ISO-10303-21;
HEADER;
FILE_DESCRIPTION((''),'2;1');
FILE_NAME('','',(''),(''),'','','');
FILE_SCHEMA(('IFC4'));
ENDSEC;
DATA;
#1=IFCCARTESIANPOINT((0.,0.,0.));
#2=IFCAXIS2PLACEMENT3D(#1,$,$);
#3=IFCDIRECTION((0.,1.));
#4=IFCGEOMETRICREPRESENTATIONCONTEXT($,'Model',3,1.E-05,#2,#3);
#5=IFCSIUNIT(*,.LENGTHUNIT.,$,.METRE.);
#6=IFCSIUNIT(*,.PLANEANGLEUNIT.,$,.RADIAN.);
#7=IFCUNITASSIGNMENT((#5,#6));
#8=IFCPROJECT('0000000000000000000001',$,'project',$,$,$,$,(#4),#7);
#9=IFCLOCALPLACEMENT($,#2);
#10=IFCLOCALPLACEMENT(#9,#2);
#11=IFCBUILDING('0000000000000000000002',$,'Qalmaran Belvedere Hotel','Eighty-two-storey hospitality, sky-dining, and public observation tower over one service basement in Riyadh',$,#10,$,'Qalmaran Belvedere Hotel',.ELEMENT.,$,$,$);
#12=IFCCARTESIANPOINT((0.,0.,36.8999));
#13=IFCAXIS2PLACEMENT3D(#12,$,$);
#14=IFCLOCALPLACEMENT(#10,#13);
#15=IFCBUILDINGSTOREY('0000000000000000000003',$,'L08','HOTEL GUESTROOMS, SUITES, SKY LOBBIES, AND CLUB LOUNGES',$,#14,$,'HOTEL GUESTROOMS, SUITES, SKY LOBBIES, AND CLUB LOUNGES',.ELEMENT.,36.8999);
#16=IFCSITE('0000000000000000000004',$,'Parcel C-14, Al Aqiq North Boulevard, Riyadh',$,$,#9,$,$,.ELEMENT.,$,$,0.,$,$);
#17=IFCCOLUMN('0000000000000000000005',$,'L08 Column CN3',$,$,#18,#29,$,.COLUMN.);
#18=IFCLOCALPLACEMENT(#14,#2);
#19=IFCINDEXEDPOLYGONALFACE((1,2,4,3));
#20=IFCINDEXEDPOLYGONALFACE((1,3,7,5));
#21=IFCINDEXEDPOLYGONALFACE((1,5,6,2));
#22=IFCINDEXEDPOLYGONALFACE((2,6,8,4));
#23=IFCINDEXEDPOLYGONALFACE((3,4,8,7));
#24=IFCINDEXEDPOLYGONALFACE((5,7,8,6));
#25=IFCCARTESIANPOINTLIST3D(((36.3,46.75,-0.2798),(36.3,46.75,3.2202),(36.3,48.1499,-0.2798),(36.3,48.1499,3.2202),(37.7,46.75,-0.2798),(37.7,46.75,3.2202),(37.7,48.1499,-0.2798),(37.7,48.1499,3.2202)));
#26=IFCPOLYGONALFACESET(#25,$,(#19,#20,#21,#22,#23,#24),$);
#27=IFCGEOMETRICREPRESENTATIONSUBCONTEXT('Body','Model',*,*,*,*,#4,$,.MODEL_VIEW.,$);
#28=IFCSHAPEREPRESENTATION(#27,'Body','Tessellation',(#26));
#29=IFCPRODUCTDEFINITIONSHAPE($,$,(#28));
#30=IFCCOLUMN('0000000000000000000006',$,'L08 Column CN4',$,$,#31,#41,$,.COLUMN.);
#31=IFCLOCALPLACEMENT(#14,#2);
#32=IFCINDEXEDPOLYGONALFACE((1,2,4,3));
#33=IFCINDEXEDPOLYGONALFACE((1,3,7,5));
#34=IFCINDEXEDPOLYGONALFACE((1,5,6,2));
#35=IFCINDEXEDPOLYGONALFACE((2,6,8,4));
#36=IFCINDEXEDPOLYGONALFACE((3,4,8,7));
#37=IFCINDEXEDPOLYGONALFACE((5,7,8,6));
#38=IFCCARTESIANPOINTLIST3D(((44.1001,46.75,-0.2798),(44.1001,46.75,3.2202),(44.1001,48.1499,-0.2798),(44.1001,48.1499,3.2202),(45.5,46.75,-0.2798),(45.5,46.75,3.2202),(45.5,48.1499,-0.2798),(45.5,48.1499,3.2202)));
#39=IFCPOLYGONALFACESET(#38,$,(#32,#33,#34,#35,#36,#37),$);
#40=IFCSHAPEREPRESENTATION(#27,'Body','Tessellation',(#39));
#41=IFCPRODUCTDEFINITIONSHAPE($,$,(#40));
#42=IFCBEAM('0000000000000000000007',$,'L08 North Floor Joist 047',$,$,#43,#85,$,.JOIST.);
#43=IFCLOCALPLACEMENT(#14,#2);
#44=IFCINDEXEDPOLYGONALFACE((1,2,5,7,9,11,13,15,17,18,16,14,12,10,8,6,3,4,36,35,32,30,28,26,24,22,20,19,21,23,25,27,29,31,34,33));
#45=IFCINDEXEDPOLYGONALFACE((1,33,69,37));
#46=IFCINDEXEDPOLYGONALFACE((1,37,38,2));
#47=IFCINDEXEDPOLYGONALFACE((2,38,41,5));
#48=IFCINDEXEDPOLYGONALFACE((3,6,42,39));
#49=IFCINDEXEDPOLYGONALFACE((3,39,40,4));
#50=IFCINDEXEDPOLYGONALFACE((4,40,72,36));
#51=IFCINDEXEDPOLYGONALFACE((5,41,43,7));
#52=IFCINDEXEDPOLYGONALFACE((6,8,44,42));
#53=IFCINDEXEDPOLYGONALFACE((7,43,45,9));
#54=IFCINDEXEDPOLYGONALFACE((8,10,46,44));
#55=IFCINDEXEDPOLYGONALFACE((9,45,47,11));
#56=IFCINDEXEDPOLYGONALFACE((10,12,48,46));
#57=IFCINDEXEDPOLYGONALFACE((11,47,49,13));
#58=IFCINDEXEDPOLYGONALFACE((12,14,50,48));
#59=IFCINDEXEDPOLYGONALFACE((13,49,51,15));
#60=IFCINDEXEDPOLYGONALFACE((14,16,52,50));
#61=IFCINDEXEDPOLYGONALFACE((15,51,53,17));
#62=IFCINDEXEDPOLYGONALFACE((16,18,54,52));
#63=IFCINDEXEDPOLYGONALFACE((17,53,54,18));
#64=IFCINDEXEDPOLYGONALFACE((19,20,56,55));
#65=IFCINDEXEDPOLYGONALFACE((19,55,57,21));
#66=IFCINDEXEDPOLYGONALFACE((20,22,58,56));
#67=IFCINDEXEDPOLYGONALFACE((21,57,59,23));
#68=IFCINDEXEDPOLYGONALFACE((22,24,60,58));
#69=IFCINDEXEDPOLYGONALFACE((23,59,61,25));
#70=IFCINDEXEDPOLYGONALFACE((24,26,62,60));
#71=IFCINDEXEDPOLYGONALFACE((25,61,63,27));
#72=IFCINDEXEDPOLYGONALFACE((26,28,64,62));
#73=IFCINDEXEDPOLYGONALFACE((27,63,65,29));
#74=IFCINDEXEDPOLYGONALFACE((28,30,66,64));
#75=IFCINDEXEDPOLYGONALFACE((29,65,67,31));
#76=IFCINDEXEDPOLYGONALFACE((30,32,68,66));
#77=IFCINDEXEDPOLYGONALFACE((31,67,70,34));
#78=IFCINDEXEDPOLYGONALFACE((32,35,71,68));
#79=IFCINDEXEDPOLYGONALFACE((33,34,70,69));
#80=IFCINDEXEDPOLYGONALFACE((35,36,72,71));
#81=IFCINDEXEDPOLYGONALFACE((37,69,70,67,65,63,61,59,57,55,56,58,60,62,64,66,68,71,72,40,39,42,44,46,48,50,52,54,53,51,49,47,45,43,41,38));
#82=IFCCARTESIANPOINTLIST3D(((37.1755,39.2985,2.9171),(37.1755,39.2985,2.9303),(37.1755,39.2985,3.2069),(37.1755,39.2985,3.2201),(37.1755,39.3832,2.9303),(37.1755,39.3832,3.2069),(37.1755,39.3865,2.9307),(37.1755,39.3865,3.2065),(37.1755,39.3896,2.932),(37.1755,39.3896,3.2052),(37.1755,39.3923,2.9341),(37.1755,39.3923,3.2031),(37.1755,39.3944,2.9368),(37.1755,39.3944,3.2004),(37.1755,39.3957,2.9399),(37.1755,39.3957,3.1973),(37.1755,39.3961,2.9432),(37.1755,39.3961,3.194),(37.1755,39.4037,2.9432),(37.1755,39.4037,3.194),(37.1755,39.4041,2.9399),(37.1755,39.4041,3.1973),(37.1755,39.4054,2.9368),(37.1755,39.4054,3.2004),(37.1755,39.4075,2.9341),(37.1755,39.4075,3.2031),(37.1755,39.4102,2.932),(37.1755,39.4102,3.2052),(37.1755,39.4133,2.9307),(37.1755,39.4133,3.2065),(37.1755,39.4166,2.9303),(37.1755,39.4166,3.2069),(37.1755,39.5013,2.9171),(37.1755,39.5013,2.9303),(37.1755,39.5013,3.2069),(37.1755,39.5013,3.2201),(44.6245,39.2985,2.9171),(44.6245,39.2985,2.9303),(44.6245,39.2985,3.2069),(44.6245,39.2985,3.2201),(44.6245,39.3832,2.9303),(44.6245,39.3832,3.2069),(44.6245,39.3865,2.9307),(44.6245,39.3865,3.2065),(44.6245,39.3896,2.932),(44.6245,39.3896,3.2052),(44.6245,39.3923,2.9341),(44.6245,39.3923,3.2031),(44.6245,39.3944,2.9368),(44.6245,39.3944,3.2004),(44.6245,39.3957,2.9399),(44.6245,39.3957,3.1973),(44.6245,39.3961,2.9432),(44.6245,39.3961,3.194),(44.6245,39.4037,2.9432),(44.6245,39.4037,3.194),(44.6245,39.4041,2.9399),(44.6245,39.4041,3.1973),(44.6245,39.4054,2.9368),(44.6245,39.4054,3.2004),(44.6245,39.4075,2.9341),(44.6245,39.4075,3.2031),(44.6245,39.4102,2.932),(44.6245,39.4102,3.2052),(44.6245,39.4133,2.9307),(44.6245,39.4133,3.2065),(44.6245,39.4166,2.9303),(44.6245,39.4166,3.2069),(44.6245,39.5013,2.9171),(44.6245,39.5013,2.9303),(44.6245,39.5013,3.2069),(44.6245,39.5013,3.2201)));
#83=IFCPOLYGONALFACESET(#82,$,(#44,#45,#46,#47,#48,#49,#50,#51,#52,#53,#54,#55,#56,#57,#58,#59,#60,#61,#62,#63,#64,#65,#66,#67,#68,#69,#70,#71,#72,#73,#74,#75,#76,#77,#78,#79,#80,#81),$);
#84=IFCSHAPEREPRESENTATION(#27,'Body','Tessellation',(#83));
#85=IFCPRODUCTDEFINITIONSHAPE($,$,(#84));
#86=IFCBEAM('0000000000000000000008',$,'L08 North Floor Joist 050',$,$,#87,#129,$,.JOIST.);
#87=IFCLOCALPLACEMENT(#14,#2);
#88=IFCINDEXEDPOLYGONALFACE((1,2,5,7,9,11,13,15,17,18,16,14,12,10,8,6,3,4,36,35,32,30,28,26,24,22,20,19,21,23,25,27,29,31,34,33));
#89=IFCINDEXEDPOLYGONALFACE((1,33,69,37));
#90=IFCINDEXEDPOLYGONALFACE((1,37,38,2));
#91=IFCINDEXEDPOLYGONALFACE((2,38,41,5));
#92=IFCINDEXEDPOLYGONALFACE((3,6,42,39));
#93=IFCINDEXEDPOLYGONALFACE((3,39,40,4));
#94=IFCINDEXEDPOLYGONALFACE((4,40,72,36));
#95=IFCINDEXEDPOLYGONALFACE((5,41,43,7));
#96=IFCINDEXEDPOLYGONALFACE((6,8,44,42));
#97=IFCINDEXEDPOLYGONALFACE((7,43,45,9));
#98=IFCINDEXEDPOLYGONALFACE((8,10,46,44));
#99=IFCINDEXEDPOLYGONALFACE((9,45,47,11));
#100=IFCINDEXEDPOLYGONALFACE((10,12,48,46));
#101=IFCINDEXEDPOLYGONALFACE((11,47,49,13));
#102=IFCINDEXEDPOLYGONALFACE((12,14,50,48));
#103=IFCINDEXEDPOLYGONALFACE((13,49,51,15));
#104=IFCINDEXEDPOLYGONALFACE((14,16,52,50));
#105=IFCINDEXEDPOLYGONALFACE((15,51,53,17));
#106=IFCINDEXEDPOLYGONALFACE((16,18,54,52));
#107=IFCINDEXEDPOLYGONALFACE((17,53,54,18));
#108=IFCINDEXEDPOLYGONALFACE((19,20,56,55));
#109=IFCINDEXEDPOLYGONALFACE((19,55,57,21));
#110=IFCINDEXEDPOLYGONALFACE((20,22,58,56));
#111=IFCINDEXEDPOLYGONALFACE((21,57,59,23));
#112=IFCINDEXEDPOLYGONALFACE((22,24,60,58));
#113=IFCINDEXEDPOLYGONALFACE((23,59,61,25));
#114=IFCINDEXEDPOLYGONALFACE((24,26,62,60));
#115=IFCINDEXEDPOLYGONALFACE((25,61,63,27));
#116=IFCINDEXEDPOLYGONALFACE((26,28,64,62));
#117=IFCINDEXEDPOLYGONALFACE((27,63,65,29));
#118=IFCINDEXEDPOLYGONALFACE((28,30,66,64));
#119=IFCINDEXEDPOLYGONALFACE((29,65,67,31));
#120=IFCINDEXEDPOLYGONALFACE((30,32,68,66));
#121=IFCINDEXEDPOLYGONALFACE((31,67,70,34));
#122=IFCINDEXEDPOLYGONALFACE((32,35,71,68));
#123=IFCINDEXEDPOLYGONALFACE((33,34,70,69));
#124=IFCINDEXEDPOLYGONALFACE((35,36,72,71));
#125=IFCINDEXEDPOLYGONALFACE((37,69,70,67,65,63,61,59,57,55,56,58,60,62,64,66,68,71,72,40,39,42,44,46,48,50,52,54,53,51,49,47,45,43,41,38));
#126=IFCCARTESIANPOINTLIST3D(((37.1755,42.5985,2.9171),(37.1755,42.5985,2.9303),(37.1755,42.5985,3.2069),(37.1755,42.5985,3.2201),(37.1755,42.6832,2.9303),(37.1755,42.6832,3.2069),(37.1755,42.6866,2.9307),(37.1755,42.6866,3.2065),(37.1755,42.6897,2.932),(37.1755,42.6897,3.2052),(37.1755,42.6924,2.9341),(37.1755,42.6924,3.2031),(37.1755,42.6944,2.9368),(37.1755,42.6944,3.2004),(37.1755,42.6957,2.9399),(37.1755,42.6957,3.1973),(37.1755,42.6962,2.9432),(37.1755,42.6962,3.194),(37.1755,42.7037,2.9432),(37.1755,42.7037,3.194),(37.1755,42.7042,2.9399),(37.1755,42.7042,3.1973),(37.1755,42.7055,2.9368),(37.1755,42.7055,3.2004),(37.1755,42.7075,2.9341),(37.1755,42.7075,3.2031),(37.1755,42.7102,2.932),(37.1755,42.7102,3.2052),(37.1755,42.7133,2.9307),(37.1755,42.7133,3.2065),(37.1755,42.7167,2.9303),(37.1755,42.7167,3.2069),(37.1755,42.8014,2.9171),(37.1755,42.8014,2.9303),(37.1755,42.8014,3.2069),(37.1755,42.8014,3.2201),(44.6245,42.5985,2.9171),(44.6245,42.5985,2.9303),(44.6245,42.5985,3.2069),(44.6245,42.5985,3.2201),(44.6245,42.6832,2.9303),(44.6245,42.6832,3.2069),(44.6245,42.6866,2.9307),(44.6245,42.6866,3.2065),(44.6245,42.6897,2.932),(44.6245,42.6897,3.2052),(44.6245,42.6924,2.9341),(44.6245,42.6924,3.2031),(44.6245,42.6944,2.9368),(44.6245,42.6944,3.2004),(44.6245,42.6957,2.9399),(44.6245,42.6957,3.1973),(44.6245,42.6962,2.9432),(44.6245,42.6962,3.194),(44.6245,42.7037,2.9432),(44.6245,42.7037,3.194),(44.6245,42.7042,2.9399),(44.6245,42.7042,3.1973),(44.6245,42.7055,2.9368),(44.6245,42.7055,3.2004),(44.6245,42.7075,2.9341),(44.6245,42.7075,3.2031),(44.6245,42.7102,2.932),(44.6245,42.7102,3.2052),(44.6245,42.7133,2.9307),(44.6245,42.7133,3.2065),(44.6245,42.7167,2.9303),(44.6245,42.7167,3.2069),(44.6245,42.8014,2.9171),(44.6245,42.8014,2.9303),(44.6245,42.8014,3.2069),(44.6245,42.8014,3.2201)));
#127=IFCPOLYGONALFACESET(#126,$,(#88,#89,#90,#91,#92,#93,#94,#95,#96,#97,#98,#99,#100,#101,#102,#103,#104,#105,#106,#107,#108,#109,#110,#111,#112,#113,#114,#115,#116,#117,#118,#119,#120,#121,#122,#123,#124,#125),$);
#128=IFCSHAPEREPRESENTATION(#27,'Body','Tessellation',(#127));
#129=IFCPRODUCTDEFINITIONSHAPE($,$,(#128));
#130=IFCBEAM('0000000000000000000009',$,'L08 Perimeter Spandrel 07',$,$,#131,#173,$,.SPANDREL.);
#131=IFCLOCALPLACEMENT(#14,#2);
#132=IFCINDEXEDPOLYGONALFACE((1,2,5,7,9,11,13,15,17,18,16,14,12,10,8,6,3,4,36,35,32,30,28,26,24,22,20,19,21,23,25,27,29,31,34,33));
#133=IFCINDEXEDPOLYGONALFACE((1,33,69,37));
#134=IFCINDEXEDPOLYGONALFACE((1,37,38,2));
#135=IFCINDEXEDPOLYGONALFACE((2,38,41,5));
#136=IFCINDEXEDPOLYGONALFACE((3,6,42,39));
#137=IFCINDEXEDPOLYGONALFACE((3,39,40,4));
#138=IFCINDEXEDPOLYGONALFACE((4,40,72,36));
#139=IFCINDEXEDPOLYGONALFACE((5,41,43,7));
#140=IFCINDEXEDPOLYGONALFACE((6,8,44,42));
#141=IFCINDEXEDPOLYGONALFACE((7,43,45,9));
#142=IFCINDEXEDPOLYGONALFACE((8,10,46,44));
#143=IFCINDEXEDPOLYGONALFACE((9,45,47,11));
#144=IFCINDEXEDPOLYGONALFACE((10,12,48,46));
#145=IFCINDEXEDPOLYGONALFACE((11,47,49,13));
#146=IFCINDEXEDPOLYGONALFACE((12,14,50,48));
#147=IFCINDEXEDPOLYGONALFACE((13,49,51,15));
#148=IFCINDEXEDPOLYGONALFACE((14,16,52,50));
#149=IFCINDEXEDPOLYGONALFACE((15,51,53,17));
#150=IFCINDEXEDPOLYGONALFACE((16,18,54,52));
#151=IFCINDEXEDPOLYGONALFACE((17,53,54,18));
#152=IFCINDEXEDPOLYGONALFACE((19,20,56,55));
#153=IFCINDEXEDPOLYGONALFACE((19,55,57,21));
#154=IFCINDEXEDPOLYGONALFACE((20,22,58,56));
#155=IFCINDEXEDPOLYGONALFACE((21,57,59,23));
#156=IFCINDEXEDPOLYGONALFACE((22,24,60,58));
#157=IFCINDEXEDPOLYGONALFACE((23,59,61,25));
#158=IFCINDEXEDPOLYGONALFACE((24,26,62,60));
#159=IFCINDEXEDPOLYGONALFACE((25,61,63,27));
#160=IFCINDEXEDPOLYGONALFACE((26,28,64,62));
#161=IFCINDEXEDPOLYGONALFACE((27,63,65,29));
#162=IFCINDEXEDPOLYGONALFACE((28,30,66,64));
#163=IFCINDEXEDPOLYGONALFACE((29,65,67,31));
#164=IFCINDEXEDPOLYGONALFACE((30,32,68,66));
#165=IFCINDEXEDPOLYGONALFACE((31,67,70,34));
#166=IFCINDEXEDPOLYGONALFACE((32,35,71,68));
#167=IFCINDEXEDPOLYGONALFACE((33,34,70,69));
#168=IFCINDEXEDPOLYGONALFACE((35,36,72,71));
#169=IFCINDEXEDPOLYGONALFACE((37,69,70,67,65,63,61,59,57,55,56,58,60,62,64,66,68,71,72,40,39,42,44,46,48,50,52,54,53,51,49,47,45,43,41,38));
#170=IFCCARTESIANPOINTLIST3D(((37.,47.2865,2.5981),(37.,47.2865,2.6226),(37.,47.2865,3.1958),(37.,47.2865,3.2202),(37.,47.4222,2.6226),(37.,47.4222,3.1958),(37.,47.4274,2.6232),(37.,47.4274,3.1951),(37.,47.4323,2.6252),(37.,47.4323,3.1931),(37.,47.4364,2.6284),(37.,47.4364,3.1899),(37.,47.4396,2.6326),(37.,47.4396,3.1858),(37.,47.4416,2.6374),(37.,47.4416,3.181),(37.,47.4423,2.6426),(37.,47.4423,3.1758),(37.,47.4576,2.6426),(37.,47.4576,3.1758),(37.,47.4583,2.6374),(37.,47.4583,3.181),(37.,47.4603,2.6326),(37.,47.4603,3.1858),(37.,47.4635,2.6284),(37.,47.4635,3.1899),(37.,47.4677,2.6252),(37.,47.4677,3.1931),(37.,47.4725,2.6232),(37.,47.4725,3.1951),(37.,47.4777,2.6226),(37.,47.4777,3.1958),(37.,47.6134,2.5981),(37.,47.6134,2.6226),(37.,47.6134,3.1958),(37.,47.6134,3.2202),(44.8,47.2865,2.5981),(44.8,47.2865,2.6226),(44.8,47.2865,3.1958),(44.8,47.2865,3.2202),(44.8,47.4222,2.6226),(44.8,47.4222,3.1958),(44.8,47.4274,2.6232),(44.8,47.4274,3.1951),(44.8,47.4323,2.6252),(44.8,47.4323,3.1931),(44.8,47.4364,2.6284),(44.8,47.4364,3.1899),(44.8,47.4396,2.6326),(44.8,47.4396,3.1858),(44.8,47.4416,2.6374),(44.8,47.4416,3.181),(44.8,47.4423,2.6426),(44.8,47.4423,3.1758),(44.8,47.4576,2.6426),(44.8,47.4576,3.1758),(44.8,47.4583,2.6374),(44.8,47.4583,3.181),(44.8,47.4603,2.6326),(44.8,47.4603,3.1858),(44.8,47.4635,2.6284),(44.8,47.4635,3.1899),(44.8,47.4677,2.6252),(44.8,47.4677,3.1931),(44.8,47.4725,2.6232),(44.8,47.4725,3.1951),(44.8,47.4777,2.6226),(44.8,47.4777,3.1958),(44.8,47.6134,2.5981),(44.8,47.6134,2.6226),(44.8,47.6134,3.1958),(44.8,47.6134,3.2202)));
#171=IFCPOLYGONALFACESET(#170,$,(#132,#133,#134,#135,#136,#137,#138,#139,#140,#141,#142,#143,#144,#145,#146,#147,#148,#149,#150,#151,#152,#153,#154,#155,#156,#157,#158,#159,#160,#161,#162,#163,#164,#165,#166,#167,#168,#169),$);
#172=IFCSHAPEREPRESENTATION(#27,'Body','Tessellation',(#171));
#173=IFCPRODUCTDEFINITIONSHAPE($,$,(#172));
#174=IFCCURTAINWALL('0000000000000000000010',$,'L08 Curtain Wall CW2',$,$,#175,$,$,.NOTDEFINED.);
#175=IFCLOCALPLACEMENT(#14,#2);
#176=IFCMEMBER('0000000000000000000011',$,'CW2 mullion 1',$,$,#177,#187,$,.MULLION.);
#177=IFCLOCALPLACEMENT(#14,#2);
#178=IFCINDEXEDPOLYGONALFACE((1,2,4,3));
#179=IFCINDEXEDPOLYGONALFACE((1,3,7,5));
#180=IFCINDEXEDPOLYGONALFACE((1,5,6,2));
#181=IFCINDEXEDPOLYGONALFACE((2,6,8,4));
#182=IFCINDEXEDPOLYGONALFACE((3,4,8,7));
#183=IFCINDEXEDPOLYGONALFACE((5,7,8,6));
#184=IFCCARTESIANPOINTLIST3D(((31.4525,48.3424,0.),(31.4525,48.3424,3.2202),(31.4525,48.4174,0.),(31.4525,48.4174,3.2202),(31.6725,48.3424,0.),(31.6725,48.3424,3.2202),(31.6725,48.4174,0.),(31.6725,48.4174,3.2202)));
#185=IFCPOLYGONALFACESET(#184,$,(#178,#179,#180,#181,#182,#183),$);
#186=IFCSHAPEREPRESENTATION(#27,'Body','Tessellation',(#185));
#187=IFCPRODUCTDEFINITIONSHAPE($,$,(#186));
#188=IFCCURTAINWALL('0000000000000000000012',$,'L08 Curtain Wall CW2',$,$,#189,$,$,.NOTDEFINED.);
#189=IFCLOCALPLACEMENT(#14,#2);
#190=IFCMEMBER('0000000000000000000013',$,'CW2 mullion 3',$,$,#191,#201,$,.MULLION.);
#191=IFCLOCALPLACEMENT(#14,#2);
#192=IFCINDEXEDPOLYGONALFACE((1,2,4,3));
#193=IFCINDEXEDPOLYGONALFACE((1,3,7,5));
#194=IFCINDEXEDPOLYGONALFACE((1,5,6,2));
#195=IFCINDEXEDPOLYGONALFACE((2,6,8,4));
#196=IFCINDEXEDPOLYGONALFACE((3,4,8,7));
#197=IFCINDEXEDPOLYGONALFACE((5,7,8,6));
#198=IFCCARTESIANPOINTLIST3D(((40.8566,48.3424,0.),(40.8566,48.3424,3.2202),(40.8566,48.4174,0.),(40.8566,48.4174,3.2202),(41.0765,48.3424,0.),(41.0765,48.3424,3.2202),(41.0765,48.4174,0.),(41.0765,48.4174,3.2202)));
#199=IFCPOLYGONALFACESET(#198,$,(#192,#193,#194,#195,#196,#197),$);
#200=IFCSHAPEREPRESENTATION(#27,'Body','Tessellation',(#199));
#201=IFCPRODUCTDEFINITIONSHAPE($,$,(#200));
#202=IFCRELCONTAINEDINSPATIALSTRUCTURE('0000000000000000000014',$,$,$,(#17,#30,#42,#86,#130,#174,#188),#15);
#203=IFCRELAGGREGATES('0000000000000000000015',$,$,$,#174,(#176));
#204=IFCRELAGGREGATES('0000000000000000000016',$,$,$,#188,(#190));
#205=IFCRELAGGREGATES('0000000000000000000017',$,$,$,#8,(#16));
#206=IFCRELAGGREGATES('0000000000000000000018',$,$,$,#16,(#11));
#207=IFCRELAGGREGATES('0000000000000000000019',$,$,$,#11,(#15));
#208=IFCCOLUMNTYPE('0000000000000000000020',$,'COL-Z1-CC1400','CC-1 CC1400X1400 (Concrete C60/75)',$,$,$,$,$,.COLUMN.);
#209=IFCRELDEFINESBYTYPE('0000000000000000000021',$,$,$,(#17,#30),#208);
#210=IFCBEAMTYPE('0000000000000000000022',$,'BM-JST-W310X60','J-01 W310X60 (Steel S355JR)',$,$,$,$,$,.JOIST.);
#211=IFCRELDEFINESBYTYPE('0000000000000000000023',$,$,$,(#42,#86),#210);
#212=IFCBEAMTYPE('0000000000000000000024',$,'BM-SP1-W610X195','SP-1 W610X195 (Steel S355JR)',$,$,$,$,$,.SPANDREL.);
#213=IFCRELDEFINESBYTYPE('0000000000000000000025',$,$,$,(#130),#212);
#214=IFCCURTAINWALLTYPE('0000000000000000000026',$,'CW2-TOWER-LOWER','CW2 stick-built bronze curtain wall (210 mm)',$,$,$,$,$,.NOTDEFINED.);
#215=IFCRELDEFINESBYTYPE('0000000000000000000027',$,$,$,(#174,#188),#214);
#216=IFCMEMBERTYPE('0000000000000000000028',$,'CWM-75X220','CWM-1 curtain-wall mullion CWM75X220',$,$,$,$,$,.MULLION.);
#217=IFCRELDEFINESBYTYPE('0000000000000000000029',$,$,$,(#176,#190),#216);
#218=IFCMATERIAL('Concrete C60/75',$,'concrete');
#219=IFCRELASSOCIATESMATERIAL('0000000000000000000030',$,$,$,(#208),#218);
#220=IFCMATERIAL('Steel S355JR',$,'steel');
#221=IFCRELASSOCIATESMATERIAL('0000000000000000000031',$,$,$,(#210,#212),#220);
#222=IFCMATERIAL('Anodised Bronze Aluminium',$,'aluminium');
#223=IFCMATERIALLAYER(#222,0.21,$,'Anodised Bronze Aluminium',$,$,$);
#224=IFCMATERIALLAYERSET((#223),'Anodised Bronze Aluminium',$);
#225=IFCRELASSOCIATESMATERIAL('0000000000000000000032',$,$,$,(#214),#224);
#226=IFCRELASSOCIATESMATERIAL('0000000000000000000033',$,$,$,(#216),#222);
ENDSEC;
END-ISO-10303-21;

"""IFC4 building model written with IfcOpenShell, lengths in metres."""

from ifc_helpers import new_model, si_unit, direction, frame, origin, origin_2d, place, context, subcontext, project, spatial, rectangle, i_section, extrude, material, layer, layer_set, material_profile, profile_set, type_object, element, aggregate, save


model = new_model("IFC4")

# Units and contexts
model_context = context("Model", 3, precision=1e-05, world=origin(), true_north=direction((0.0, 1.0)))
body_context = subcontext(model_context, "Body", "Model", "MODEL_VIEW")
ifc_project = project(units=[si_unit("LENGTHUNIT", "METRE"), si_unit("PLANEANGLEUNIT", "RADIAN")], contexts=[model_context])

# Site, building, storey
site_placement = place(None, origin())
site = spatial("IfcSite", under=ifc_project, at=site_placement, Name="Parcel C-14, Al Aqiq North Boulevard, Riyadh", CompositionType="ELEMENT", RefElevation=0.0)
building_placement = place(site_placement, origin())
building = spatial("IfcBuilding", under=site, at=building_placement, Name="Qalmaran Belvedere Hotel", Description="Eighty-two-storey hospitality, sky-dining, and public observation tower over one service basement in Riyadh", LongName="Qalmaran Belvedere Hotel", CompositionType="ELEMENT")
storey_placement = place(building_placement, frame((0.0, 0.0, 36.8999)))
storey = spatial("IfcBuildingStorey", under=building, at=storey_placement, Name="L08", Description="HOTEL GUESTROOMS, SUITES, SKY LOBBIES, AND CLUB LOUNGES", LongName="HOTEL GUESTROOMS, SUITES, SKY LOBBIES, AND CLUB LOUNGES", CompositionType="ELEMENT", Elevation=36.8999)

# Columns
ifc_material_1 = material(Name="Concrete C60/75", Category="concrete")
ifc_material_profile_1 = material_profile(ifc_material_1, rectangle(XDim=1.3999, YDim=1.3999, at=origin_2d()), Name="CC1400X1400")
ifc_profile_set_1 = profile_set([ifc_material_profile_1], Name="Concrete C60/75")
column_type = type_object("IfcColumnType", Name="COL-Z1-CC1400", Description="CC-1 CC1400X1400 (Concrete C60/75)", PredefinedType="COLUMN", material=ifc_profile_set_1)
for number, where, z_axis, x_axis, name in (
    (1, (37.0, 47.45, -0.2798), (0.0, 0.0, 1.0), (1.0, 0.0, 0.0), "L08 Column CN3"),
    (2, (44.8, 47.45, -0.2798), (0.0, 0.0, 1.0), (1.0, 0.0, 0.0), "L08 Column CN4"),
):
    element("IfcColumn", number, at=place(storey_placement, frame(where, z_axis=z_axis, x_axis=x_axis)), inside=storey, type_object=column_type, Name=name, PredefinedType="COLUMN", context=body_context, shape_type="SweptSolid", body=[
        extrude(rectangle(XDim=1.3999, YDim=1.3999, at=origin_2d()), origin(), (0.0, 0.0, 1.0), 3.5),
    ])

# Beams
ifc_material_2 = material(Name="Steel S355JR", Category="steel")
ifc_material_profile_2 = material_profile(ifc_material_2, i_section(OverallWidth=0.2029, OverallDepth=0.303, WebThickness=0.0076, FlangeThickness=0.0132, FilletRadius=0.0129, at=origin_2d()), Name="W310X60")
ifc_profile_set_2 = profile_set([ifc_material_profile_2], Name="Steel S355JR")
beam_type_1 = type_object("IfcBeamType", Name="BM-JST-W310X60", Description="J-01 W310X60 (Steel S355JR)", PredefinedType="JOIST", material=ifc_profile_set_2)
for number, where, z_axis, x_axis, name in (
    (3, (37.1755, 39.3999, 3.0686), (1.0, 0.0, 0.0), (0.0, 1.0, 0.0), "L08 North Floor Joist 047"),
    (4, (37.1755, 42.7, 3.0686), (1.0, 0.0, 0.0), (0.0, 1.0, 0.0), "L08 North Floor Joist 050"),
):
    element("IfcBeam", number, at=place(storey_placement, frame(where, z_axis=z_axis, x_axis=x_axis)), inside=storey, type_object=beam_type_1, Name=name, PredefinedType="JOIST", context=body_context, shape_type="SweptSolid", body=[
        extrude(i_section(OverallWidth=0.2029, OverallDepth=0.303, WebThickness=0.0076, FlangeThickness=0.0132, FilletRadius=0.0129, at=origin_2d()), origin(), (0.0, 0.0, 1.0), 7.449),
    ])
ifc_material_profile_3 = material_profile(ifc_material_2, i_section(OverallWidth=0.3269, OverallDepth=0.6221, WebThickness=0.0154, FlangeThickness=0.0244, FilletRadius=0.02, at=origin_2d()), Name="W610X195")
ifc_profile_set_3 = profile_set([ifc_material_profile_3], Name="Steel S355JR")
beam_type_2 = type_object("IfcBeamType", Name="BM-SP1-W610X195", Description="SP-1 W610X195 (Steel S355JR)", PredefinedType="SPANDREL", material=ifc_profile_set_3)
beam_placement = place(storey_placement, frame((37.0, 47.45, 2.9092), z_axis=(1.0, 0.0, 0.0), x_axis=(0.0, 1.0, 0.0)))
element("IfcBeam", 5, at=beam_placement, inside=storey, type_object=beam_type_2, Name="L08 Perimeter Spandrel 07", PredefinedType="SPANDREL", context=body_context, shape_type="SweptSolid", body=[
    extrude(i_section(OverallWidth=0.3269, OverallDepth=0.6221, WebThickness=0.0154, FlangeThickness=0.0244, FilletRadius=0.02, at=origin_2d()), origin(), (0.0, 0.0, 1.0), 7.8),
])

# Curtain wall, member
ifc_material_3 = material(Name="Anodised Bronze Aluminium", Category="aluminium")
ifc_layer_1 = layer(ifc_material_3, 0.21, Name="Anodised Bronze Aluminium")
ifc_layer_set_1 = layer_set([ifc_layer_1], Name="Anodised Bronze Aluminium")
curtain_wall_type = type_object("IfcCurtainWallType", Name="CW2-TOWER-LOWER", Description="CW2 stick-built bronze curtain wall (210 mm)", PredefinedType="NOTDEFINED", material=ifc_layer_set_1)
curtain_wall_1_placement = place(storey_placement, origin())
curtain_wall_1 = element("IfcCurtainWall", 6, at=curtain_wall_1_placement, inside=storey, type_object=curtain_wall_type, Name="L08 Curtain Wall CW2", PredefinedType="NOTDEFINED")
ifc_material_profile_4 = material_profile(ifc_material_3, rectangle(XDim=0.075, YDim=0.22, at=origin_2d()), Name="CWM75X220")
ifc_profile_set_4 = profile_set([ifc_material_profile_4], Name="Anodised Bronze Aluminium")
member_type_1 = type_object("IfcMemberType", Name="CWM-75X220", Description="CWM-1 curtain-wall mullion CWM75X220", PredefinedType="MULLION", material=ifc_profile_set_4)
member_1_placement = place(storey_placement, frame((31.5625, 48.3799, 0.0), z_axis=(0.0, 0.0, 1.0), x_axis=(0.0, -1.0, 0.0)))
member_1 = element("IfcMember", 7, at=member_1_placement, type_object=member_type_1, Name="CW2 mullion 1", PredefinedType="MULLION", context=body_context, shape_type="SweptSolid", body=[
    extrude(rectangle(XDim=0.075, YDim=0.22, at=origin_2d()), origin(), (0.0, 0.0, 1.0), 3.2202),
])

# Curtain wall, member
curtain_wall_2_placement = place(storey_placement, origin())
curtain_wall_2 = element("IfcCurtainWall", 8, at=curtain_wall_2_placement, inside=storey, type_object=curtain_wall_type, Name="L08 Curtain Wall CW2", PredefinedType="NOTDEFINED")
member_2_placement = place(storey_placement, frame((40.9666, 48.3799, 0.0), z_axis=(0.0, 0.0, 1.0), x_axis=(0.0, -1.0, 0.0)))
member_2 = element("IfcMember", 9, at=member_2_placement, type_object=member_type_1, Name="CW2 mullion 3", PredefinedType="MULLION", context=body_context, shape_type="SweptSolid", body=[
    extrude(rectangle(XDim=0.075, YDim=0.22, at=origin_2d()), origin(), (0.0, 0.0, 1.0), 3.2202),
])

aggregate(curtain_wall_1, [member_1])

aggregate(curtain_wall_2, [member_2])

save(model, "model.ifc")
